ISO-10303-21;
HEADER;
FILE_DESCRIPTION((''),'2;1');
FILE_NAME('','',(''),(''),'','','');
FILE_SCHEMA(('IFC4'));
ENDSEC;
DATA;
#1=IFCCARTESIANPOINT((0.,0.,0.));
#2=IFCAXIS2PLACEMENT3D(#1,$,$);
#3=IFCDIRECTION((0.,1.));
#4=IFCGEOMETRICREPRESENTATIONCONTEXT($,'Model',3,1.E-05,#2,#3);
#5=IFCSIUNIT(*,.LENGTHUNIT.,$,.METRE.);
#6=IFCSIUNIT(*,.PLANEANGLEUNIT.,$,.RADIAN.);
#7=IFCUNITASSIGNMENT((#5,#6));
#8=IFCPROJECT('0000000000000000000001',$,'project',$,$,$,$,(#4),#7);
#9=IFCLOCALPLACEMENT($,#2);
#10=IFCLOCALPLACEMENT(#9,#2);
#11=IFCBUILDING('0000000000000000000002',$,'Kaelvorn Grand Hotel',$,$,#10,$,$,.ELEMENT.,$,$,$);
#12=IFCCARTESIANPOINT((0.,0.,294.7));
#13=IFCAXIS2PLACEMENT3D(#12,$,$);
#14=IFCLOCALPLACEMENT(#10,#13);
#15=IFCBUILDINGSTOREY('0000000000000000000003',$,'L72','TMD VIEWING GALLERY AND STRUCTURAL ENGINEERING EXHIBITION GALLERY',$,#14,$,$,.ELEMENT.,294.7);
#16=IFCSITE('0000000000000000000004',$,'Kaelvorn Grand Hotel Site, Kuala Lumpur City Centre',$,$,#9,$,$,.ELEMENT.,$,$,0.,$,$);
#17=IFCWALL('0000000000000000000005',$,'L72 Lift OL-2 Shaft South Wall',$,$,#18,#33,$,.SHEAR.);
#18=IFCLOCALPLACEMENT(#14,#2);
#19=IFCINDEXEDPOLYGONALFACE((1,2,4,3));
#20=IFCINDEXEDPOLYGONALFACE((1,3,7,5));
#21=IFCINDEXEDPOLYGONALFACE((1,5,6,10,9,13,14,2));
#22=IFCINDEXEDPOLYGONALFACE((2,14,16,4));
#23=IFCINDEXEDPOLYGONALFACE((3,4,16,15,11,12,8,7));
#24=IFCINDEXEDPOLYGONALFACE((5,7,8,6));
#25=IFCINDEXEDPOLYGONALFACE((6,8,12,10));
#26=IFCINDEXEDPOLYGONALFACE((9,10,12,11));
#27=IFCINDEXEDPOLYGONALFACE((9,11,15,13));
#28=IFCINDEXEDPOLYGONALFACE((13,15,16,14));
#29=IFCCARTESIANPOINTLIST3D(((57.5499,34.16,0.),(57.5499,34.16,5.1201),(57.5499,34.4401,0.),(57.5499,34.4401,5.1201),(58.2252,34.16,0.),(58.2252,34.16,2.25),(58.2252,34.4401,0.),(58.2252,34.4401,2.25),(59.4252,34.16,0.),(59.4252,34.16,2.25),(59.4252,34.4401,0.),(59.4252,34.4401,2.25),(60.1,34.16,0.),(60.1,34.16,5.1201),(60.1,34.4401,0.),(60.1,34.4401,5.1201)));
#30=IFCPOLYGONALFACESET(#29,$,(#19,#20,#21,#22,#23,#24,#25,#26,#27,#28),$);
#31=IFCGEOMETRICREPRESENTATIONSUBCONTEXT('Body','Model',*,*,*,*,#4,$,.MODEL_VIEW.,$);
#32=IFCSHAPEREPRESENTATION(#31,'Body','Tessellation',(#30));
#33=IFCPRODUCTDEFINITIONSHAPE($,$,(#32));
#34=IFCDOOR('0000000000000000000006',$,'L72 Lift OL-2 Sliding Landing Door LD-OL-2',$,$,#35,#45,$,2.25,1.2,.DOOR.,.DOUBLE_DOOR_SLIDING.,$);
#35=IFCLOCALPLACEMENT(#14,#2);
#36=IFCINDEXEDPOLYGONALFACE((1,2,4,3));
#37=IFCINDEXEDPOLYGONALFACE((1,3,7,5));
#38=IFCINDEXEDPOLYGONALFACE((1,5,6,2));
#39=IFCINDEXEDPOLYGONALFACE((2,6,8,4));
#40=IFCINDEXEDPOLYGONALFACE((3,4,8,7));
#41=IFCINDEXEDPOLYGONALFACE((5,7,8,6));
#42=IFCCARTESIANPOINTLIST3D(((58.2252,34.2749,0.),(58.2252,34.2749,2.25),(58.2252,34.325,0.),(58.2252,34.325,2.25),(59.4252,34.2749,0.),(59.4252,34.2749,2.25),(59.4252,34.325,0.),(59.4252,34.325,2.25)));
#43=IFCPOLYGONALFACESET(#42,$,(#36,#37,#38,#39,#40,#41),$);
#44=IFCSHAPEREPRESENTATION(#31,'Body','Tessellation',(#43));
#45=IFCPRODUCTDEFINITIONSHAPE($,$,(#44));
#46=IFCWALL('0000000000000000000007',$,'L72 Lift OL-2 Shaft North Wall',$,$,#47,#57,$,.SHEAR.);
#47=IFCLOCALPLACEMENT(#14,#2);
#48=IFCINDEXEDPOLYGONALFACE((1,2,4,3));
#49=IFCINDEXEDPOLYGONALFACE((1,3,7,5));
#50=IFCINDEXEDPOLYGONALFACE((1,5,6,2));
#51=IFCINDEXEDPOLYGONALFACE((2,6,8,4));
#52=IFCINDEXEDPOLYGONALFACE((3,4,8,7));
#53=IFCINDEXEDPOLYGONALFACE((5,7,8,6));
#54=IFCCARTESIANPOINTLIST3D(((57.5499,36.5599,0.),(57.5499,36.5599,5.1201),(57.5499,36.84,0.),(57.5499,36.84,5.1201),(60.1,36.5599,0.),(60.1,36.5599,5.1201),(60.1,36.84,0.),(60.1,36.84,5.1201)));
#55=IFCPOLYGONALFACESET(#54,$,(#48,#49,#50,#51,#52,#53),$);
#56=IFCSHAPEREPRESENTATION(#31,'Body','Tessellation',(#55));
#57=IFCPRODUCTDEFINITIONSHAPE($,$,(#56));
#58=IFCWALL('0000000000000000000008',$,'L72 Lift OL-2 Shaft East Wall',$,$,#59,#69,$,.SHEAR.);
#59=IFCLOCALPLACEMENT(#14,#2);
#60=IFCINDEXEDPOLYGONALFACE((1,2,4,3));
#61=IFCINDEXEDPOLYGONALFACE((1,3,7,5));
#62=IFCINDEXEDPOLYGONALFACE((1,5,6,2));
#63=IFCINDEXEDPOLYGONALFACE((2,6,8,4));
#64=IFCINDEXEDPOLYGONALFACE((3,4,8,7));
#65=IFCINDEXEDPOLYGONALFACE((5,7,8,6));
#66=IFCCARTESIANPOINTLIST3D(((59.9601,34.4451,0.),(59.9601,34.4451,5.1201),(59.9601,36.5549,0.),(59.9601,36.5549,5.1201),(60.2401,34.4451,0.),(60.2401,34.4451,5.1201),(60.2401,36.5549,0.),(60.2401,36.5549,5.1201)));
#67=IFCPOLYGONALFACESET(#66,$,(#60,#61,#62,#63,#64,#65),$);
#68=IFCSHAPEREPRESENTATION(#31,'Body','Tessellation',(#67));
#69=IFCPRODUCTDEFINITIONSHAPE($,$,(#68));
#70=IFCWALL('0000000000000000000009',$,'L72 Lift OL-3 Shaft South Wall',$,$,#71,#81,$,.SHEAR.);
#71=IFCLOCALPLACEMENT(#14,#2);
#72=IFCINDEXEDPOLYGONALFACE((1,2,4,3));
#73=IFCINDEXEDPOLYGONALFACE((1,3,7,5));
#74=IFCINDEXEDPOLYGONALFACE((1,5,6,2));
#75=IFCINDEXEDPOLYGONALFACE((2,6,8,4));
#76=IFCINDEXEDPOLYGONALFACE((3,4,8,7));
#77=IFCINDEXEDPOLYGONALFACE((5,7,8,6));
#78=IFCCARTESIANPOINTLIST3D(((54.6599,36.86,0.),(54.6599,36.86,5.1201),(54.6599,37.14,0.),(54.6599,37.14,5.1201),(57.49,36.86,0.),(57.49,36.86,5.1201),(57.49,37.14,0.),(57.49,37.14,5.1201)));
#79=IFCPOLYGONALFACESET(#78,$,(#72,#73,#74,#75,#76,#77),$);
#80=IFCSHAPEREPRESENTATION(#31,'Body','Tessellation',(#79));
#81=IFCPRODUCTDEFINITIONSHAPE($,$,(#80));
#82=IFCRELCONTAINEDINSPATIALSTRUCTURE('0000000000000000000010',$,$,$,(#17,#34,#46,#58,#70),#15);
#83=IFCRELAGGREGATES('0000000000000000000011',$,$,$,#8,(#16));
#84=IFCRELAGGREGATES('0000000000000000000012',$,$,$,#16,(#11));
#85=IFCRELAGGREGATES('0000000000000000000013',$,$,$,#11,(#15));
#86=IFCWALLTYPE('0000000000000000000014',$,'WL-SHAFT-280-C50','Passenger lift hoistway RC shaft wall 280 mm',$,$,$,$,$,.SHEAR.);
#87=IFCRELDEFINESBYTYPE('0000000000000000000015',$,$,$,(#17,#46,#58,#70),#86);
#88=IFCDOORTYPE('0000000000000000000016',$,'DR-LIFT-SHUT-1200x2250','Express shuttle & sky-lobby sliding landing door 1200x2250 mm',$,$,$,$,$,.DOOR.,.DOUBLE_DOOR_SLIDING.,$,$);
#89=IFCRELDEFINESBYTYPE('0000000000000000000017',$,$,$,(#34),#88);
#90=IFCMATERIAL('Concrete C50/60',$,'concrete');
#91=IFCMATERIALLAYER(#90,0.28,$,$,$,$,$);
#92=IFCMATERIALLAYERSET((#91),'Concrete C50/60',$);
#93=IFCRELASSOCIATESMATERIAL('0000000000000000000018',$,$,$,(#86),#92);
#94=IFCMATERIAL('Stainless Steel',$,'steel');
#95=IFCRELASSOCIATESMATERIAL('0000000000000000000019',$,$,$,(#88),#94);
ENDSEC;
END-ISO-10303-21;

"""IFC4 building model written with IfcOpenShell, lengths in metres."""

from ifc_helpers import new_model, si_unit, direction, frame, frame_2d, origin, place, context, subcontext, project, spatial, rectangle, extrude, material, layer, layer_set, type_object, element, fill, save


model = new_model("IFC4")

# Units and contexts
model_context = context("Model", 3, precision=1e-05, world=origin(), true_north=direction((0.0, 1.0)))
body_context = subcontext(model_context, "Body", "Model", "MODEL_VIEW")
ifc_project = project(units=[si_unit("LENGTHUNIT", "METRE"), si_unit("PLANEANGLEUNIT", "RADIAN")], contexts=[model_context])

# Site, building, storey
site_placement = place(None, origin())
site = spatial("IfcSite", under=ifc_project, at=site_placement, Name="Kaelvorn Grand Hotel Site, Kuala Lumpur City Centre", CompositionType="ELEMENT", RefElevation=0.0)
building_placement = place(site_placement, origin())
building = spatial("IfcBuilding", under=site, at=building_placement, Name="Kaelvorn Grand Hotel", CompositionType="ELEMENT")
storey_placement = place(building_placement, frame((0.0, 0.0, 294.7)))
storey = spatial("IfcBuildingStorey", under=building, at=storey_placement, Name="L72", Description="TMD VIEWING GALLERY AND STRUCTURAL ENGINEERING EXHIBITION GALLERY", CompositionType="ELEMENT", Elevation=294.7)

# Shared definitions
ifc_material_1 = material(Name="Concrete C50/60", Category="concrete")

# Shared definitions
ifc_layer_1 = layer(ifc_material_1, 0.28)
ifc_layer_set_1 = layer_set([ifc_layer_1], Name="Concrete C50/60")
wall_type_1 = type_object("IfcWallType", Name="WL-SHAFT-280-C50", Description="Passenger lift hoistway RC shaft wall 280 mm", PredefinedType="SHEAR", material=ifc_layer_set_1)
ifc_material_2 = material(Name="Stainless Steel", Category="steel")
door_type_1 = type_object("IfcDoorType", Name="DR-LIFT-SHUT-1200x2250", Description="Express shuttle & sky-lobby sliding landing door 1200x2250 mm", OperationType="DOUBLE_DOOR_SLIDING", PredefinedType="DOOR", material=ifc_material_2)

# Wall, opening, door
wall_1_placement = place(storey_placement, frame((57.55, 34.3, 0.0), z_axis=(0.0, 0.0, 1.0), x_axis=(1.0, 0.0, 0.0)))
wall_1 = element("IfcWall", 1, at=wall_1_placement, inside=storey, type_object=wall_type_1, Name="L72 Lift OL-2 Shaft South Wall", PredefinedType="SHEAR", context=body_context, shape_type="SweptSolid", body=[
    extrude(rectangle(XDim=2.55, YDim=0.28, at=frame_2d((1.2749, 0.0))), origin(), (0.0, 0.0, 1.0), 5.1201),
])
opening_1_placement = place(wall_1_placement, frame((0.675, 0.0, 0.0)))
opening_1 = element("IfcOpeningElement", 2, at=opening_1_placement, cuts=wall_1, PredefinedType="OPENING", context=body_context, shape_type="SweptSolid", body=[
    extrude(rectangle(XDim=1.2, YDim=2.25, at=frame_2d((0.6001, 1.125))), frame((0.0, 0.1499, 0.0), z_axis=(0.0, -1.0, 0.0), x_axis=(1.0, 0.0, 0.0)), (0.0, 0.0, 1.0), 0.3),
])
door_1_placement = place(opening_1_placement, origin())
door_1 = element("IfcDoor", 3, at=door_1_placement, inside=storey, type_object=door_type_1, Name="L72 Lift OL-2 Sliding Landing Door LD-OL-2", OperationType="DOUBLE_DOOR_SLIDING", OverallHeight=2.25, OverallWidth=1.2, PredefinedType="DOOR", context=body_context, shape_type="SweptSolid", body=[
    extrude(rectangle(XDim=1.2, YDim=2.25, at=frame_2d((0.6001, 1.125))), frame((0.0, 0.0249, 0.0), z_axis=(0.0, -1.0, 0.0), x_axis=(1.0, 0.0, 0.0)), (0.0, 0.0, 1.0), 0.05),
])
fill(opening_1, door_1)

# Walls
wall_2_placement = place(storey_placement, frame((57.55, 36.7, 0.0), z_axis=(0.0, 0.0, 1.0), x_axis=(1.0, 0.0, 0.0)))
element("IfcWall", 4, at=wall_2_placement, inside=storey, type_object=wall_type_1, Name="L72 Lift OL-2 Shaft North Wall", PredefinedType="SHEAR", context=body_context, shape_type="SweptSolid", body=[
    extrude(rectangle(XDim=2.55, YDim=0.28, at=frame_2d((1.2749, 0.0))), origin(), (0.0, 0.0, 1.0), 5.1201),
])
wall_3_placement = place(storey_placement, frame((60.1001, 34.4451, 0.0), z_axis=(0.0, 0.0, 1.0), x_axis=(0.0, 1.0, 0.0)))
element("IfcWall", 5, at=wall_3_placement, inside=storey, type_object=wall_type_1, Name="L72 Lift OL-2 Shaft East Wall", PredefinedType="SHEAR", context=body_context, shape_type="SweptSolid", body=[
    extrude(rectangle(XDim=2.1099, YDim=0.28, at=frame_2d((1.0549, 0.0))), origin(), (0.0, 0.0, 1.0), 5.1201),
])
wall_4_placement = place(storey_placement, frame((54.6599, 37.0, 0.0), z_axis=(0.0, 0.0, 1.0), x_axis=(1.0, 0.0, 0.0)))
element("IfcWall", 6, at=wall_4_placement, inside=storey, type_object=wall_type_1, Name="L72 Lift OL-3 Shaft South Wall", PredefinedType="SHEAR", context=body_context, shape_type="SweptSolid", body=[
    extrude(rectangle(XDim=2.8301, YDim=0.28, at=frame_2d((1.415, 0.0))), origin(), (0.0, 0.0, 1.0), 5.1201),
])

save(model, "model.ifc")
